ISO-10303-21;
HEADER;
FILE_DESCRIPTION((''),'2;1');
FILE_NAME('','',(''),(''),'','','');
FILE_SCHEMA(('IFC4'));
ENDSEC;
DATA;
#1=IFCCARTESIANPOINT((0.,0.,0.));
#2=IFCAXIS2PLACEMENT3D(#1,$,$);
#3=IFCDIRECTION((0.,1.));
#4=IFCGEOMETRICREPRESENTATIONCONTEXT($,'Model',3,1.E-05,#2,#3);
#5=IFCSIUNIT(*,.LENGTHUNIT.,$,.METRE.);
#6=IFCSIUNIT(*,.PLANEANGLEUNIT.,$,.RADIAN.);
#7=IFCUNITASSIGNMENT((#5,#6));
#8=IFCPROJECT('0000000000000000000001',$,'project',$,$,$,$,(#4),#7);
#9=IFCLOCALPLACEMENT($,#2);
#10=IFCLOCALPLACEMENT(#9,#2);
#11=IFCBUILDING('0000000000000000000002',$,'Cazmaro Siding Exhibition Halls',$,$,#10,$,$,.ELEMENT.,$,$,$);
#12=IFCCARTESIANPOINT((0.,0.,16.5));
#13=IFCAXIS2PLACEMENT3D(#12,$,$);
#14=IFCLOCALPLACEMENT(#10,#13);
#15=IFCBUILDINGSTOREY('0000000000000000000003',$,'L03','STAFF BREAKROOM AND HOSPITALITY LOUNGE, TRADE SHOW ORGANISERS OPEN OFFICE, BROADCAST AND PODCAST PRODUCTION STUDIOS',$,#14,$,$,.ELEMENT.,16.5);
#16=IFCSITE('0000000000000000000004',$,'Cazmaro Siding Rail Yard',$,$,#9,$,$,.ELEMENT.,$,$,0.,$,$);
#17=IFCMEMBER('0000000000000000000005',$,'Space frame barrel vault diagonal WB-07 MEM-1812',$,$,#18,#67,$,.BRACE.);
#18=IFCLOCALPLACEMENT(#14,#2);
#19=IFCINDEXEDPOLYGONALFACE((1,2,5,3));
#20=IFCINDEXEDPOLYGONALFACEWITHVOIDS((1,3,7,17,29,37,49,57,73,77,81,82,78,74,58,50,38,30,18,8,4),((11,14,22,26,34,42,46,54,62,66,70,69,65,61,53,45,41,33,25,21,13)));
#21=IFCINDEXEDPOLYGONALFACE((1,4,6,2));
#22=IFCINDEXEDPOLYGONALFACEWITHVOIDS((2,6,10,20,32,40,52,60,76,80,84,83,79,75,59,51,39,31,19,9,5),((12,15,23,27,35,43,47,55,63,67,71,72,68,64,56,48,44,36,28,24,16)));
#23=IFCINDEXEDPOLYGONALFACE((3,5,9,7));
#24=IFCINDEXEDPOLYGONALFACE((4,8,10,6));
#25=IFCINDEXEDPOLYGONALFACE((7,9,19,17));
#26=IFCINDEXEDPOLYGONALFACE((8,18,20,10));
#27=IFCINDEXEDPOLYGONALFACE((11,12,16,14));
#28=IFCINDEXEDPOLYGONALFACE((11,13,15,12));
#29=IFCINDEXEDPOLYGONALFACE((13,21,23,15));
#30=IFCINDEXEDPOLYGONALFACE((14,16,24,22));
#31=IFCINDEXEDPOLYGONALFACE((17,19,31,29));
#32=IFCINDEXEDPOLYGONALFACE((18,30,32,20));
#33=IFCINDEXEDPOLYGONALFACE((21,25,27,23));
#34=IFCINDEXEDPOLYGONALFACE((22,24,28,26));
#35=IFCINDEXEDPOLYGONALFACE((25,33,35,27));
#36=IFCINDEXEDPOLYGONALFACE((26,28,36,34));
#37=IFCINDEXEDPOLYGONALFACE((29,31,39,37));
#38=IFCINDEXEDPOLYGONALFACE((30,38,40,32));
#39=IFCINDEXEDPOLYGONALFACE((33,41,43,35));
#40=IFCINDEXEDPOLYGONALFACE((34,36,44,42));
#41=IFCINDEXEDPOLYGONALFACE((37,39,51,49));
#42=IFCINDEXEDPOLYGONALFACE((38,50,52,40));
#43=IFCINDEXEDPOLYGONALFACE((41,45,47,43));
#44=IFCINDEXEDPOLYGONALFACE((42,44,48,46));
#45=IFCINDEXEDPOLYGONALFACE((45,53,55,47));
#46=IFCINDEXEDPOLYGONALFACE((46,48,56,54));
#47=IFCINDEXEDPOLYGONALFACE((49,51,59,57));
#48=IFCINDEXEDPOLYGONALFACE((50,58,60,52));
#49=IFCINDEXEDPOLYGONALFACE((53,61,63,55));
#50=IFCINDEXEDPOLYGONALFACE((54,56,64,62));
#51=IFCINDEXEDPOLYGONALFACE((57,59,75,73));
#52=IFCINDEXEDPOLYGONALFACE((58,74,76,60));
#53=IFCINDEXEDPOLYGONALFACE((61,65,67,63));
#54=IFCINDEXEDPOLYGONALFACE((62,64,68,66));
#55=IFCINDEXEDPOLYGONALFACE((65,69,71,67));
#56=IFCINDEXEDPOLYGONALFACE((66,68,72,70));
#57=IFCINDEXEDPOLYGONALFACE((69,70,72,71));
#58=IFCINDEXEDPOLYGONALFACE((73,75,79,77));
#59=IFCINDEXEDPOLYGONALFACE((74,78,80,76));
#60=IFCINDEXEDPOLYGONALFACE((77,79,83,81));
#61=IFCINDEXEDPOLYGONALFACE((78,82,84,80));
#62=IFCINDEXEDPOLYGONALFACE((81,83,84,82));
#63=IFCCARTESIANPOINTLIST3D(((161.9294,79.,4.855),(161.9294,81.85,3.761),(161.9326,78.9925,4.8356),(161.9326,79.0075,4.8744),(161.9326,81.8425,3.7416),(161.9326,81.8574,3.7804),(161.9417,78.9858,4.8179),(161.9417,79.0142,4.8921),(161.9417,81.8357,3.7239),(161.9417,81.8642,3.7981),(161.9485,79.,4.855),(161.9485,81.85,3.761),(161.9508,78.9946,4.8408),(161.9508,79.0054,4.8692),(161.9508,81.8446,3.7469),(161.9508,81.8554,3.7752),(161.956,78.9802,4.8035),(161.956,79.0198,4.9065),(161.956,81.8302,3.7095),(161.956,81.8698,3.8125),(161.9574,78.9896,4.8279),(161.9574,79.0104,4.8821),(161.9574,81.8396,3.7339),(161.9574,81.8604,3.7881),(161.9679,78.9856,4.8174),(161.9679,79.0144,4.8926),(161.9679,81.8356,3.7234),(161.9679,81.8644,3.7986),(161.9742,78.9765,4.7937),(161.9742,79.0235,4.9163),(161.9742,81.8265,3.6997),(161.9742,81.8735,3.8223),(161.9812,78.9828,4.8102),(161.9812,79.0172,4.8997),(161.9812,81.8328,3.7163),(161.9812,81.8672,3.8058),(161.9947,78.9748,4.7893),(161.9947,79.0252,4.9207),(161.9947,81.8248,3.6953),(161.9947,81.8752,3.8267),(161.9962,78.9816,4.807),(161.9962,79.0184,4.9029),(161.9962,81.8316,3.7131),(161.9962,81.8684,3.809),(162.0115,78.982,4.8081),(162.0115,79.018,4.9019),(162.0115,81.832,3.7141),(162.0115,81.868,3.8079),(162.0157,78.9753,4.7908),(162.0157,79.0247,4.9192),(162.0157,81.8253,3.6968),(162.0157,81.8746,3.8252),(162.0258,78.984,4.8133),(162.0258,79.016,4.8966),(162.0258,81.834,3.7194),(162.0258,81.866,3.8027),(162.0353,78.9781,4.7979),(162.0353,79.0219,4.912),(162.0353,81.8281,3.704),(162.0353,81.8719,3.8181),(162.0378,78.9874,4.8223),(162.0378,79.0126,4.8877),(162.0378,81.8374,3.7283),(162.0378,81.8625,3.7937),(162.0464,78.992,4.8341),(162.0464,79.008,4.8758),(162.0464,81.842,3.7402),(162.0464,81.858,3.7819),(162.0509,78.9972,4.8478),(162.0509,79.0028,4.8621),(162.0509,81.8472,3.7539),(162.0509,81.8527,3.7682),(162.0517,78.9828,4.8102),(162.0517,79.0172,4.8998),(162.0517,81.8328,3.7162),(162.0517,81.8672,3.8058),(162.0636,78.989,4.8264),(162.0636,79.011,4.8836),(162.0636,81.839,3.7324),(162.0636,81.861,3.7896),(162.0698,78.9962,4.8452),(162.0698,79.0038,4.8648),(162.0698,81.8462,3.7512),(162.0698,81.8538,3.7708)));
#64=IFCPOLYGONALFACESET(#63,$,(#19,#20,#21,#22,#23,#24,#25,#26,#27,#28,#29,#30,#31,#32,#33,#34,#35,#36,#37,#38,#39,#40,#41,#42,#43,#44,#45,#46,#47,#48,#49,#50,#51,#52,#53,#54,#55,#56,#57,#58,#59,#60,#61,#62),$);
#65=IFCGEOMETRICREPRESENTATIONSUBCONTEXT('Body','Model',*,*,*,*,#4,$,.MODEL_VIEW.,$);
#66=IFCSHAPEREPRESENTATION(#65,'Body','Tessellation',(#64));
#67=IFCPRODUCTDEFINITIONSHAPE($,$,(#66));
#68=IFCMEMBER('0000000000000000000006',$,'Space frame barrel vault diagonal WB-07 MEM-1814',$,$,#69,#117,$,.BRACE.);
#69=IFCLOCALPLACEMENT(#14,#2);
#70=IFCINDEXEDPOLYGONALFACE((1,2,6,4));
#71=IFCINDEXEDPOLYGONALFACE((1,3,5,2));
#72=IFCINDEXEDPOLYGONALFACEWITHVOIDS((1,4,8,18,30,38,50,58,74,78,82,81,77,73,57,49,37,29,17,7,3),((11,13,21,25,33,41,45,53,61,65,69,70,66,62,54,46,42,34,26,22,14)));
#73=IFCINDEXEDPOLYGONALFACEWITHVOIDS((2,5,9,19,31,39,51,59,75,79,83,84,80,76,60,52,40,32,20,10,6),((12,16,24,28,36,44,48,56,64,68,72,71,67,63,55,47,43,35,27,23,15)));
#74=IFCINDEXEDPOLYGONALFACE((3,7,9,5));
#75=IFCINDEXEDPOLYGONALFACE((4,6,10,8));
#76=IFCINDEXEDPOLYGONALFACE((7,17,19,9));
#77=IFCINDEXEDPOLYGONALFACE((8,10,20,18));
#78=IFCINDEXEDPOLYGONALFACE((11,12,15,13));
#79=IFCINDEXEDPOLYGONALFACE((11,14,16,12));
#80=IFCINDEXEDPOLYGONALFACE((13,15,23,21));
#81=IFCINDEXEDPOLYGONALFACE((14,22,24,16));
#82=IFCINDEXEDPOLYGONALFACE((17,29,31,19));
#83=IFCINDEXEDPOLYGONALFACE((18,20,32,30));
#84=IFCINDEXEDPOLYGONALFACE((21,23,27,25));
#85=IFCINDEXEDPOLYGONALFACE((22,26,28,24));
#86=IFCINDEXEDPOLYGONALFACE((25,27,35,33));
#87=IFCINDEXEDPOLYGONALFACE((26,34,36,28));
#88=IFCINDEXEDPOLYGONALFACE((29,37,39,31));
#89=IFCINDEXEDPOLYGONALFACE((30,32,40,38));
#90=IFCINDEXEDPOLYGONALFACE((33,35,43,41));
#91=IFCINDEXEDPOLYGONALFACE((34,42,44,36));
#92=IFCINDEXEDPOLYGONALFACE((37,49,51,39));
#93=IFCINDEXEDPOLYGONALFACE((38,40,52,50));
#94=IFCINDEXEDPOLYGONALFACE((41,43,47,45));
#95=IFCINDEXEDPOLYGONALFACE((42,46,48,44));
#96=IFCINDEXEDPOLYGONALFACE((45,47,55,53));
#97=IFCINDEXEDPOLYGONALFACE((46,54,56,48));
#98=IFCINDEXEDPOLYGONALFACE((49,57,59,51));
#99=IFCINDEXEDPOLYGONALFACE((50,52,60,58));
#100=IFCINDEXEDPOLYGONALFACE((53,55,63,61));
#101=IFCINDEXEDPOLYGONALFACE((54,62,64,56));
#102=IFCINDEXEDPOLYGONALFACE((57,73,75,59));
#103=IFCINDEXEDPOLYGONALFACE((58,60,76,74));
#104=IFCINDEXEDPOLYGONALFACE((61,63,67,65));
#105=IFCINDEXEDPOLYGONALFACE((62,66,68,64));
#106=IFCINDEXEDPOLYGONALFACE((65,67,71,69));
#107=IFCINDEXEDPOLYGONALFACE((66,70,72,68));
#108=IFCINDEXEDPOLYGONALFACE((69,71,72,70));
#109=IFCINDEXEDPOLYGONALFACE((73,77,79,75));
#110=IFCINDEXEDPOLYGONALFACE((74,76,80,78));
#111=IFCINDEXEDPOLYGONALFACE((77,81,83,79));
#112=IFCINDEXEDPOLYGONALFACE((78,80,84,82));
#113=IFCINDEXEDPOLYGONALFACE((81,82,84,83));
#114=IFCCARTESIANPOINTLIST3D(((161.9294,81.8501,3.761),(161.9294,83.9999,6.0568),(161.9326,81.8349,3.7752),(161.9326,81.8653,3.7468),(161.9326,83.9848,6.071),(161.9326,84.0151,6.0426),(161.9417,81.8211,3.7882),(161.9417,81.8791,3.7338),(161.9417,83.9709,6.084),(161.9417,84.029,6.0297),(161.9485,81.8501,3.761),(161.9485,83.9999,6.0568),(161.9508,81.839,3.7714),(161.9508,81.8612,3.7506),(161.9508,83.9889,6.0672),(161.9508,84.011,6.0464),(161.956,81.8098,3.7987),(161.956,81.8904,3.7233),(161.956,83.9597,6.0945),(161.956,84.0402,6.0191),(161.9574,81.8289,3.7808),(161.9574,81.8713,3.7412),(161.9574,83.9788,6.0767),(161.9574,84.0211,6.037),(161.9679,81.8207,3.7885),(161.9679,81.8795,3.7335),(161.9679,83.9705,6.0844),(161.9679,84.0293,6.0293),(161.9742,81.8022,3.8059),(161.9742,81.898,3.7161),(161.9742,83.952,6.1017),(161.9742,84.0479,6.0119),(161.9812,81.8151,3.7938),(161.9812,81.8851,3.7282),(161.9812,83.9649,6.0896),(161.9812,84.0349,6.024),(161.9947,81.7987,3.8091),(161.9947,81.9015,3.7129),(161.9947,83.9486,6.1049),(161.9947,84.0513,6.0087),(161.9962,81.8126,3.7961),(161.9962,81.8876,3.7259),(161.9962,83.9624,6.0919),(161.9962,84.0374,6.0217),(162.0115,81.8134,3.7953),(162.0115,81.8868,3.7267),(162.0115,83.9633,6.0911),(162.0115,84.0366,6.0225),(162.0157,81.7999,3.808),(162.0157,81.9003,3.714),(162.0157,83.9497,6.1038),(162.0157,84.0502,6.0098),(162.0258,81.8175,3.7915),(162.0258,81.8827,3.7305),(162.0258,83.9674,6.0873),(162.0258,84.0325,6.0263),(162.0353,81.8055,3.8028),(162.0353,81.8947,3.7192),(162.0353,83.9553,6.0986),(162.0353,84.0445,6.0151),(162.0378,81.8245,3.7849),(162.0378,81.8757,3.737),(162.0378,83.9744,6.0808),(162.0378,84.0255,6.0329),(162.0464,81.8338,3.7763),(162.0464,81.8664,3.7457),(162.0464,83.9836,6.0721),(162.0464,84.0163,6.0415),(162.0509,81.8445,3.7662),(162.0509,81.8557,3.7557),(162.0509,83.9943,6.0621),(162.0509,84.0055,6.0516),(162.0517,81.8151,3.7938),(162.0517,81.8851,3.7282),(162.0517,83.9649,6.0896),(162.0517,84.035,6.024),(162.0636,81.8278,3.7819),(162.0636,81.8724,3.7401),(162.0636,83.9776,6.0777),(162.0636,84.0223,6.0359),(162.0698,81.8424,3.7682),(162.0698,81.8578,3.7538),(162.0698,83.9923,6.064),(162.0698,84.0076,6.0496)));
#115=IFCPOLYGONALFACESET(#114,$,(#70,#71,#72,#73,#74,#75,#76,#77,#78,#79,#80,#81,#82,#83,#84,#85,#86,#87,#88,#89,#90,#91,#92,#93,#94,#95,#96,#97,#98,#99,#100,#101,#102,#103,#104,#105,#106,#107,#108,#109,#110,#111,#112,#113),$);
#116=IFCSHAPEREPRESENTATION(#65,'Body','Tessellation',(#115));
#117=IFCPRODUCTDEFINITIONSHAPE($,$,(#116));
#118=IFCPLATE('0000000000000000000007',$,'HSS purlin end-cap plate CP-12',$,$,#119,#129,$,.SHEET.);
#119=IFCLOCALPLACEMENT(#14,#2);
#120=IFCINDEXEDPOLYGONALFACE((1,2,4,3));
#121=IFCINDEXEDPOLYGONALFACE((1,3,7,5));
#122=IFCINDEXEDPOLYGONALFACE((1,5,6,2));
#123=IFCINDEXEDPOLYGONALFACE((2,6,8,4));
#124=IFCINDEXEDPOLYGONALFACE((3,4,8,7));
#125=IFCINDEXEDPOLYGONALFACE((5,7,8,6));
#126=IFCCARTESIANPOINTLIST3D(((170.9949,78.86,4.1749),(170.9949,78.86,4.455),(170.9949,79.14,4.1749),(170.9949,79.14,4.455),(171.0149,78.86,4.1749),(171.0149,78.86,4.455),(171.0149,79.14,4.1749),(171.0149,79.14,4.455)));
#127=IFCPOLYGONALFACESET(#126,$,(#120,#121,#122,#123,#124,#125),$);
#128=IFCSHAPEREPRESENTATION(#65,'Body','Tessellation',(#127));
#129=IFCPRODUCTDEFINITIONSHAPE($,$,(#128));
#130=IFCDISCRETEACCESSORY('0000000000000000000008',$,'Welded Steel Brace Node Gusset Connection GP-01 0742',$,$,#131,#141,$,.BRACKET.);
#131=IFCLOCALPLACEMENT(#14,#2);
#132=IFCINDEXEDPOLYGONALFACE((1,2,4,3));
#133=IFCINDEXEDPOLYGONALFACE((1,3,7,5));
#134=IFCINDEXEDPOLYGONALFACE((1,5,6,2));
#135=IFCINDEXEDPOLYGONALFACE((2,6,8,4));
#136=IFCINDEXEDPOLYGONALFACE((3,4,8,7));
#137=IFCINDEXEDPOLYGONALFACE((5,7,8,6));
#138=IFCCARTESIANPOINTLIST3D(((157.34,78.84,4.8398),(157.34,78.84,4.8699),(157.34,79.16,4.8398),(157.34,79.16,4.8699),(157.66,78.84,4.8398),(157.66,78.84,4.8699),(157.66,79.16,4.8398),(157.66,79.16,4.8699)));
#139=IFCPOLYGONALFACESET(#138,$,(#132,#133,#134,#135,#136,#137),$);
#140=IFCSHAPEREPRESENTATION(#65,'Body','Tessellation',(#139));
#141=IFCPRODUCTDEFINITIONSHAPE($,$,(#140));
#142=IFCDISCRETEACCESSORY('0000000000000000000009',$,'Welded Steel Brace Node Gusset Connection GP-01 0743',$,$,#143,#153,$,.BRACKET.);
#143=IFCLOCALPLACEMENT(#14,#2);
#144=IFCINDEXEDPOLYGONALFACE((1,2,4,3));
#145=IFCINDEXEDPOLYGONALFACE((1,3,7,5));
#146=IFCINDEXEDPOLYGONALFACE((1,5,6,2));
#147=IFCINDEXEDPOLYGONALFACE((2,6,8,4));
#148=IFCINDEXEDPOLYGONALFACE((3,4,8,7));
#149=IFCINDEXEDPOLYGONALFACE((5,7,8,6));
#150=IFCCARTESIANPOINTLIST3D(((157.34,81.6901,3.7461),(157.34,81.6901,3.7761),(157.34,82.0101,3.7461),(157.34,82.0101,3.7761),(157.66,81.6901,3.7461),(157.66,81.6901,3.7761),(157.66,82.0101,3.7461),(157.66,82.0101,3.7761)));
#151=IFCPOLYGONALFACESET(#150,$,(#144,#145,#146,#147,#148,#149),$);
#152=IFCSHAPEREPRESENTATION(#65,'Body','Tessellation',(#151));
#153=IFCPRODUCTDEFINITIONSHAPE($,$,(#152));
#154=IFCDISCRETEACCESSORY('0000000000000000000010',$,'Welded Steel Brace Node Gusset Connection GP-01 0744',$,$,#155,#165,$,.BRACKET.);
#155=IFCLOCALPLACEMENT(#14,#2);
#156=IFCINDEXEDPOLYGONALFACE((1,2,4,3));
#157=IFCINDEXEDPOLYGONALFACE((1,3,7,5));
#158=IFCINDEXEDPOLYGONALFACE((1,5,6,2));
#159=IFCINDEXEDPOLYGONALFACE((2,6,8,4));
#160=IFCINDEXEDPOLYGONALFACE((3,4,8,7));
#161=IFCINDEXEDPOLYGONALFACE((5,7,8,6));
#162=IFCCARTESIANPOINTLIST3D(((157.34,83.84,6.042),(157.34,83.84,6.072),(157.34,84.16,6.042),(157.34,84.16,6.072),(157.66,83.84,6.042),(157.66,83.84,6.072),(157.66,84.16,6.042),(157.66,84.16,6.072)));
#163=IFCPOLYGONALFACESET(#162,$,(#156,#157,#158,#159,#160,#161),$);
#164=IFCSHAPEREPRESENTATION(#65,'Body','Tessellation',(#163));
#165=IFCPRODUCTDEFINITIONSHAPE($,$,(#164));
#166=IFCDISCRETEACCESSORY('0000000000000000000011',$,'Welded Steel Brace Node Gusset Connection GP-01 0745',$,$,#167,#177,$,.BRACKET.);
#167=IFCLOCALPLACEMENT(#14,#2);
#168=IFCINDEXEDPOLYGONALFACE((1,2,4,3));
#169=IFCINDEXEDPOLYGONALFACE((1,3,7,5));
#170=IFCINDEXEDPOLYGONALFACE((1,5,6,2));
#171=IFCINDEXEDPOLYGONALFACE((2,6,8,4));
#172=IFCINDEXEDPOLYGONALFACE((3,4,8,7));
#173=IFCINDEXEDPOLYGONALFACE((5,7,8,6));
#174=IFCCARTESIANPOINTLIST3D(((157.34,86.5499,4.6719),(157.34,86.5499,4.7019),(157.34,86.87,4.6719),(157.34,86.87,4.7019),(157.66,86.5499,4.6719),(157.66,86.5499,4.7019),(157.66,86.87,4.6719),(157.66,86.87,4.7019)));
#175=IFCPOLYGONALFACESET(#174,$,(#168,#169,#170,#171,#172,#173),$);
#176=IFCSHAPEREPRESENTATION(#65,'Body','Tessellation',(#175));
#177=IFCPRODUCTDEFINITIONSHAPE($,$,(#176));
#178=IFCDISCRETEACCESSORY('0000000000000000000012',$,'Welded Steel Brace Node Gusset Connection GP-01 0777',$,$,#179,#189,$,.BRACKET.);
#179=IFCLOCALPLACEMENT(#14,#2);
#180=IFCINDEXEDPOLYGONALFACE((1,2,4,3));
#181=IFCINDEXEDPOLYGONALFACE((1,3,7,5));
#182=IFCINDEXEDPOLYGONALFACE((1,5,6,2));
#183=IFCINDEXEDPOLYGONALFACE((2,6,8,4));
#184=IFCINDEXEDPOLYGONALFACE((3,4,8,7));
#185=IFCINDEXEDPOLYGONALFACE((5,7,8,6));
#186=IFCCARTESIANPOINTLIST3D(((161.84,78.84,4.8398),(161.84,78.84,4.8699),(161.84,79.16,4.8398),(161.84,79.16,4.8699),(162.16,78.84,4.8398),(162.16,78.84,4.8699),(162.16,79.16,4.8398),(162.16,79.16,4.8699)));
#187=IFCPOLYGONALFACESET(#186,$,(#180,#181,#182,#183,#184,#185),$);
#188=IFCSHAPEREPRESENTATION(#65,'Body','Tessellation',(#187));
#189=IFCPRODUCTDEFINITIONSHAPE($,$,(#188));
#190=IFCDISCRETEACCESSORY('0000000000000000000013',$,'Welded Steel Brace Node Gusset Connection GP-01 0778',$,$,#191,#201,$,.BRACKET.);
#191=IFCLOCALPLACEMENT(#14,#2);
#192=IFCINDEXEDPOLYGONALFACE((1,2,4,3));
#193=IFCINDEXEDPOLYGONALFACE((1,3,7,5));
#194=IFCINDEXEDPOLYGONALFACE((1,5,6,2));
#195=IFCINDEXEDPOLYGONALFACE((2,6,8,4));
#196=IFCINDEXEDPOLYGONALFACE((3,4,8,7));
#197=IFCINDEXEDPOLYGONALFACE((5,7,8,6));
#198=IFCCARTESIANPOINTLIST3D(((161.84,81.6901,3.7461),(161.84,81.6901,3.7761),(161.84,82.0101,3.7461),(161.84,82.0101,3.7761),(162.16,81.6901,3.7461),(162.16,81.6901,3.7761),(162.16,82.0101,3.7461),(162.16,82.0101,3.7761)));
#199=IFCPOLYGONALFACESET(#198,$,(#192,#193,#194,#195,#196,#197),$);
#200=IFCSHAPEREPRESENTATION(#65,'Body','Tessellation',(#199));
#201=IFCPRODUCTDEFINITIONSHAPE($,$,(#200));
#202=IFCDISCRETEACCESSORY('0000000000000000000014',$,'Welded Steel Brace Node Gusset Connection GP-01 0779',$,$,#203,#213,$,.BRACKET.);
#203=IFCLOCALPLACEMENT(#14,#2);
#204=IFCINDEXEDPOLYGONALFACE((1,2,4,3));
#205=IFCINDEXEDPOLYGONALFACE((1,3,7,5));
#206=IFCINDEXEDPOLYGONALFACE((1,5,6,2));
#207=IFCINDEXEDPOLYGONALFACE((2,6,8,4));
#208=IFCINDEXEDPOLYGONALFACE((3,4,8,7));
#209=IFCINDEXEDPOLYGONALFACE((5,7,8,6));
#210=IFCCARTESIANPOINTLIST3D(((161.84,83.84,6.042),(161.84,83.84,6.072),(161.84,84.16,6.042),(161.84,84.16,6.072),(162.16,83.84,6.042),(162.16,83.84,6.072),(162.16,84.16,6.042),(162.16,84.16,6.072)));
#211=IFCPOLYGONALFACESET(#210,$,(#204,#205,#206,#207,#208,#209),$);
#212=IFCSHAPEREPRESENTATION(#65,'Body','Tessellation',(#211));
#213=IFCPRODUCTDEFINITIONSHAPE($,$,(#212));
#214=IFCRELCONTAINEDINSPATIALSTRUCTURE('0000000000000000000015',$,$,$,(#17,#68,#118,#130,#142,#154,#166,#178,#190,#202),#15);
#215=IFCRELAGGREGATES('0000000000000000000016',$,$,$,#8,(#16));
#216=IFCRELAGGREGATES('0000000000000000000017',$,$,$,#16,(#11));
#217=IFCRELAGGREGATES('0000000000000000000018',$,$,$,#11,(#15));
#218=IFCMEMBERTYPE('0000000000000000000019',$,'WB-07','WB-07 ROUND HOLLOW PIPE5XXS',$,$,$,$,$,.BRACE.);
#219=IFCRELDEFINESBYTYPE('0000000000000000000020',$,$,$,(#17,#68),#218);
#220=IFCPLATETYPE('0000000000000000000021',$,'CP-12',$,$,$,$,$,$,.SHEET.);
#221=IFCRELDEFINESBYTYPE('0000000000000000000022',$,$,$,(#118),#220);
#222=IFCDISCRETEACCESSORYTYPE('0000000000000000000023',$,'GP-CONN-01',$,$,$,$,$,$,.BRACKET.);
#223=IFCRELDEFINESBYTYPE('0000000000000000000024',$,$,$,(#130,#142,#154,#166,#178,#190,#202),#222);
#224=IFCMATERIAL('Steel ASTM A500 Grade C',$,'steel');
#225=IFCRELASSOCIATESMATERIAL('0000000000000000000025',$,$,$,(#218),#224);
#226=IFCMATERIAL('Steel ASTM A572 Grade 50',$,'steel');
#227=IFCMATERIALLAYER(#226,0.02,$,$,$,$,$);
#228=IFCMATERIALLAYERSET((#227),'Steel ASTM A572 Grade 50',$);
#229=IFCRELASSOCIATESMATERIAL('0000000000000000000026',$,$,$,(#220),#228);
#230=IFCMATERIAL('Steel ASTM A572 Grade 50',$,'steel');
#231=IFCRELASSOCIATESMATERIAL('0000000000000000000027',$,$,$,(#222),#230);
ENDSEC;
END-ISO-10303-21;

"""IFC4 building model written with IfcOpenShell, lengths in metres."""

from ifc_helpers import new_model, si_unit, direction, frame, origin, origin_2d, place, context, subcontext, project, spatial, rectangle, hollow_circle, extrude, material, layer, layer_set, material_profile, profile_set, type_object, element, save


model = new_model("IFC4")

# Units and contexts
model_context = context("Model", 3, precision=1e-05, world=origin(), true_north=direction((0.0, 1.0)))
body_context = subcontext(model_context, "Body", "Model", "MODEL_VIEW")
ifc_project = project(units=[si_unit("LENGTHUNIT", "METRE"), si_unit("PLANEANGLEUNIT", "RADIAN")], contexts=[model_context])

# Site, building, storey
site_placement = place(None, origin())
site = spatial("IfcSite", under=ifc_project, at=site_placement, Name="Cazmaro Siding Rail Yard", CompositionType="ELEMENT", RefElevation=0.0)
building_placement = place(site_placement, origin())
building = spatial("IfcBuilding", under=site, at=building_placement, Name="Cazmaro Siding Exhibition Halls", CompositionType="ELEMENT")
storey_placement = place(building_placement, frame((0.0, 0.0, 16.5)))
storey = spatial("IfcBuildingStorey", under=building, at=storey_placement, Name="L03", Description="STAFF BREAKROOM AND HOSPITALITY LOUNGE, TRADE SHOW ORGANISERS OPEN OFFICE, BROADCAST AND PODCAST PRODUCTION STUDIOS", CompositionType="ELEMENT", Elevation=16.5)

# Members
ifc_material_1 = material(Name="Steel ASTM A500 Grade C", Category="steel")
ifc_material_profile_1 = material_profile(ifc_material_1, hollow_circle(Radius=0.0706, WallThickness=0.019, at=origin_2d()), Name="PIPE5XXS")
ifc_profile_set_1 = profile_set([ifc_material_profile_1], Name="Steel ASTM A500 Grade C")
member_type_1 = type_object("IfcMemberType", Name="WB-07", Description="WB-07 ROUND HOLLOW PIPE5XXS", PredefinedType="BRACE", material=ifc_profile_set_1)
member_1_placement = place(storey_placement, frame((162.0, 79.0, 4.855), z_axis=(0.0, 0.933587, -0.358352), x_axis=(-1.0, 0.0, 0.0)))
element("IfcMember", 1, at=member_1_placement, inside=storey, type_object=member_type_1, Name="Space frame barrel vault diagonal WB-07 MEM-1812", PredefinedType="BRACE", context=body_context, shape_type="SweptSolid", body=[
    extrude(hollow_circle(Radius=0.0706, WallThickness=0.019, at=origin_2d()), origin(), (0.0, 0.0, 1.0), 3.0527),
])
member_2_placement = place(storey_placement, frame((162.0, 81.8501, 3.761), z_axis=(0.0, 0.683518, 0.729934), x_axis=(-1.0, 0.0, 0.0)))
element("IfcMember", 2, at=member_2_placement, inside=storey, type_object=member_type_1, Name="Space frame barrel vault diagonal WB-07 MEM-1814", PredefinedType="BRACE", context=body_context, shape_type="SweptSolid", body=[
    extrude(hollow_circle(Radius=0.0706, WallThickness=0.019, at=origin_2d()), origin(), (0.0, 0.0, 1.0), 3.1453),
])

# Plate
ifc_material_2 = material(Name="Steel ASTM A572 Grade 50", Category="steel")
ifc_layer = layer(ifc_material_2, 0.02)
ifc_layer_set = layer_set([ifc_layer], Name="Steel ASTM A572 Grade 50")
plate_type = type_object("IfcPlateType", Name="CP-12", PredefinedType="SHEET", material=ifc_layer_set)
plate_placement = place(storey_placement, frame((170.9949, 79.0, 4.3149), z_axis=(1.0, 0.0, 0.0), x_axis=(0.0, 1.0, 0.0)))
element("IfcPlate", 3, at=plate_placement, inside=storey, type_object=plate_type, Name="HSS purlin end-cap plate CP-12", PredefinedType="SHEET", context=body_context, shape_type="SweptSolid", body=[
    extrude(rectangle(XDim=0.28, YDim=0.28, at=origin_2d()), origin(), (0.0, 0.0, 1.0), 0.02),
])

# Discrete accessories
ifc_material_3 = material(Name="Steel ASTM A572 Grade 50", Category="steel")
discrete_accessory_type = type_object("IfcDiscreteAccessoryType", Name="GP-CONN-01", PredefinedType="BRACKET", material=ifc_material_3)
for number, where, z_axis, x_axis, name in (
    (4, (157.5, 79.0, 4.8398), (0.0, 0.0, 1.0), (1.0, 0.0, 0.0), "Welded Steel Brace Node Gusset Connection GP-01 0742"),
    (5, (157.5, 81.8501, 3.7461), (0.0, 0.0, 1.0), (1.0, 0.0, 0.0), "Welded Steel Brace Node Gusset Connection GP-01 0743"),
    (6, (157.5, 84.0, 6.042), (0.0, 0.0, 1.0), (1.0, 0.0, 0.0), "Welded Steel Brace Node Gusset Connection GP-01 0744"),
    (7, (157.5, 86.71, 4.6719), (0.0, 0.0, 1.0), (1.0, 0.0, 0.0), "Welded Steel Brace Node Gusset Connection GP-01 0745"),
    (8, (162.0, 79.0, 4.8398), (0.0, 0.0, 1.0), (1.0, 0.0, 0.0), "Welded Steel Brace Node Gusset Connection GP-01 0777"),
    (9, (162.0, 81.8501, 3.7461), (0.0, 0.0, 1.0), (1.0, 0.0, 0.0), "Welded Steel Brace Node Gusset Connection GP-01 0778"),
    (10, (162.0, 84.0, 6.042), (0.0, 0.0, 1.0), (1.0, 0.0, 0.0), "Welded Steel Brace Node Gusset Connection GP-01 0779"),
):
    element("IfcDiscreteAccessory", number, at=place(storey_placement, frame(where, z_axis=z_axis, x_axis=x_axis)), inside=storey, type_object=discrete_accessory_type, Name=name, PredefinedType="BRACKET", context=body_context, shape_type="SweptSolid", body=[
        extrude(rectangle(XDim=0.3201, YDim=0.3201, at=origin_2d()), origin(), (0.0, 0.0, 1.0), 0.03),
    ])

save(model, "model.ifc")
